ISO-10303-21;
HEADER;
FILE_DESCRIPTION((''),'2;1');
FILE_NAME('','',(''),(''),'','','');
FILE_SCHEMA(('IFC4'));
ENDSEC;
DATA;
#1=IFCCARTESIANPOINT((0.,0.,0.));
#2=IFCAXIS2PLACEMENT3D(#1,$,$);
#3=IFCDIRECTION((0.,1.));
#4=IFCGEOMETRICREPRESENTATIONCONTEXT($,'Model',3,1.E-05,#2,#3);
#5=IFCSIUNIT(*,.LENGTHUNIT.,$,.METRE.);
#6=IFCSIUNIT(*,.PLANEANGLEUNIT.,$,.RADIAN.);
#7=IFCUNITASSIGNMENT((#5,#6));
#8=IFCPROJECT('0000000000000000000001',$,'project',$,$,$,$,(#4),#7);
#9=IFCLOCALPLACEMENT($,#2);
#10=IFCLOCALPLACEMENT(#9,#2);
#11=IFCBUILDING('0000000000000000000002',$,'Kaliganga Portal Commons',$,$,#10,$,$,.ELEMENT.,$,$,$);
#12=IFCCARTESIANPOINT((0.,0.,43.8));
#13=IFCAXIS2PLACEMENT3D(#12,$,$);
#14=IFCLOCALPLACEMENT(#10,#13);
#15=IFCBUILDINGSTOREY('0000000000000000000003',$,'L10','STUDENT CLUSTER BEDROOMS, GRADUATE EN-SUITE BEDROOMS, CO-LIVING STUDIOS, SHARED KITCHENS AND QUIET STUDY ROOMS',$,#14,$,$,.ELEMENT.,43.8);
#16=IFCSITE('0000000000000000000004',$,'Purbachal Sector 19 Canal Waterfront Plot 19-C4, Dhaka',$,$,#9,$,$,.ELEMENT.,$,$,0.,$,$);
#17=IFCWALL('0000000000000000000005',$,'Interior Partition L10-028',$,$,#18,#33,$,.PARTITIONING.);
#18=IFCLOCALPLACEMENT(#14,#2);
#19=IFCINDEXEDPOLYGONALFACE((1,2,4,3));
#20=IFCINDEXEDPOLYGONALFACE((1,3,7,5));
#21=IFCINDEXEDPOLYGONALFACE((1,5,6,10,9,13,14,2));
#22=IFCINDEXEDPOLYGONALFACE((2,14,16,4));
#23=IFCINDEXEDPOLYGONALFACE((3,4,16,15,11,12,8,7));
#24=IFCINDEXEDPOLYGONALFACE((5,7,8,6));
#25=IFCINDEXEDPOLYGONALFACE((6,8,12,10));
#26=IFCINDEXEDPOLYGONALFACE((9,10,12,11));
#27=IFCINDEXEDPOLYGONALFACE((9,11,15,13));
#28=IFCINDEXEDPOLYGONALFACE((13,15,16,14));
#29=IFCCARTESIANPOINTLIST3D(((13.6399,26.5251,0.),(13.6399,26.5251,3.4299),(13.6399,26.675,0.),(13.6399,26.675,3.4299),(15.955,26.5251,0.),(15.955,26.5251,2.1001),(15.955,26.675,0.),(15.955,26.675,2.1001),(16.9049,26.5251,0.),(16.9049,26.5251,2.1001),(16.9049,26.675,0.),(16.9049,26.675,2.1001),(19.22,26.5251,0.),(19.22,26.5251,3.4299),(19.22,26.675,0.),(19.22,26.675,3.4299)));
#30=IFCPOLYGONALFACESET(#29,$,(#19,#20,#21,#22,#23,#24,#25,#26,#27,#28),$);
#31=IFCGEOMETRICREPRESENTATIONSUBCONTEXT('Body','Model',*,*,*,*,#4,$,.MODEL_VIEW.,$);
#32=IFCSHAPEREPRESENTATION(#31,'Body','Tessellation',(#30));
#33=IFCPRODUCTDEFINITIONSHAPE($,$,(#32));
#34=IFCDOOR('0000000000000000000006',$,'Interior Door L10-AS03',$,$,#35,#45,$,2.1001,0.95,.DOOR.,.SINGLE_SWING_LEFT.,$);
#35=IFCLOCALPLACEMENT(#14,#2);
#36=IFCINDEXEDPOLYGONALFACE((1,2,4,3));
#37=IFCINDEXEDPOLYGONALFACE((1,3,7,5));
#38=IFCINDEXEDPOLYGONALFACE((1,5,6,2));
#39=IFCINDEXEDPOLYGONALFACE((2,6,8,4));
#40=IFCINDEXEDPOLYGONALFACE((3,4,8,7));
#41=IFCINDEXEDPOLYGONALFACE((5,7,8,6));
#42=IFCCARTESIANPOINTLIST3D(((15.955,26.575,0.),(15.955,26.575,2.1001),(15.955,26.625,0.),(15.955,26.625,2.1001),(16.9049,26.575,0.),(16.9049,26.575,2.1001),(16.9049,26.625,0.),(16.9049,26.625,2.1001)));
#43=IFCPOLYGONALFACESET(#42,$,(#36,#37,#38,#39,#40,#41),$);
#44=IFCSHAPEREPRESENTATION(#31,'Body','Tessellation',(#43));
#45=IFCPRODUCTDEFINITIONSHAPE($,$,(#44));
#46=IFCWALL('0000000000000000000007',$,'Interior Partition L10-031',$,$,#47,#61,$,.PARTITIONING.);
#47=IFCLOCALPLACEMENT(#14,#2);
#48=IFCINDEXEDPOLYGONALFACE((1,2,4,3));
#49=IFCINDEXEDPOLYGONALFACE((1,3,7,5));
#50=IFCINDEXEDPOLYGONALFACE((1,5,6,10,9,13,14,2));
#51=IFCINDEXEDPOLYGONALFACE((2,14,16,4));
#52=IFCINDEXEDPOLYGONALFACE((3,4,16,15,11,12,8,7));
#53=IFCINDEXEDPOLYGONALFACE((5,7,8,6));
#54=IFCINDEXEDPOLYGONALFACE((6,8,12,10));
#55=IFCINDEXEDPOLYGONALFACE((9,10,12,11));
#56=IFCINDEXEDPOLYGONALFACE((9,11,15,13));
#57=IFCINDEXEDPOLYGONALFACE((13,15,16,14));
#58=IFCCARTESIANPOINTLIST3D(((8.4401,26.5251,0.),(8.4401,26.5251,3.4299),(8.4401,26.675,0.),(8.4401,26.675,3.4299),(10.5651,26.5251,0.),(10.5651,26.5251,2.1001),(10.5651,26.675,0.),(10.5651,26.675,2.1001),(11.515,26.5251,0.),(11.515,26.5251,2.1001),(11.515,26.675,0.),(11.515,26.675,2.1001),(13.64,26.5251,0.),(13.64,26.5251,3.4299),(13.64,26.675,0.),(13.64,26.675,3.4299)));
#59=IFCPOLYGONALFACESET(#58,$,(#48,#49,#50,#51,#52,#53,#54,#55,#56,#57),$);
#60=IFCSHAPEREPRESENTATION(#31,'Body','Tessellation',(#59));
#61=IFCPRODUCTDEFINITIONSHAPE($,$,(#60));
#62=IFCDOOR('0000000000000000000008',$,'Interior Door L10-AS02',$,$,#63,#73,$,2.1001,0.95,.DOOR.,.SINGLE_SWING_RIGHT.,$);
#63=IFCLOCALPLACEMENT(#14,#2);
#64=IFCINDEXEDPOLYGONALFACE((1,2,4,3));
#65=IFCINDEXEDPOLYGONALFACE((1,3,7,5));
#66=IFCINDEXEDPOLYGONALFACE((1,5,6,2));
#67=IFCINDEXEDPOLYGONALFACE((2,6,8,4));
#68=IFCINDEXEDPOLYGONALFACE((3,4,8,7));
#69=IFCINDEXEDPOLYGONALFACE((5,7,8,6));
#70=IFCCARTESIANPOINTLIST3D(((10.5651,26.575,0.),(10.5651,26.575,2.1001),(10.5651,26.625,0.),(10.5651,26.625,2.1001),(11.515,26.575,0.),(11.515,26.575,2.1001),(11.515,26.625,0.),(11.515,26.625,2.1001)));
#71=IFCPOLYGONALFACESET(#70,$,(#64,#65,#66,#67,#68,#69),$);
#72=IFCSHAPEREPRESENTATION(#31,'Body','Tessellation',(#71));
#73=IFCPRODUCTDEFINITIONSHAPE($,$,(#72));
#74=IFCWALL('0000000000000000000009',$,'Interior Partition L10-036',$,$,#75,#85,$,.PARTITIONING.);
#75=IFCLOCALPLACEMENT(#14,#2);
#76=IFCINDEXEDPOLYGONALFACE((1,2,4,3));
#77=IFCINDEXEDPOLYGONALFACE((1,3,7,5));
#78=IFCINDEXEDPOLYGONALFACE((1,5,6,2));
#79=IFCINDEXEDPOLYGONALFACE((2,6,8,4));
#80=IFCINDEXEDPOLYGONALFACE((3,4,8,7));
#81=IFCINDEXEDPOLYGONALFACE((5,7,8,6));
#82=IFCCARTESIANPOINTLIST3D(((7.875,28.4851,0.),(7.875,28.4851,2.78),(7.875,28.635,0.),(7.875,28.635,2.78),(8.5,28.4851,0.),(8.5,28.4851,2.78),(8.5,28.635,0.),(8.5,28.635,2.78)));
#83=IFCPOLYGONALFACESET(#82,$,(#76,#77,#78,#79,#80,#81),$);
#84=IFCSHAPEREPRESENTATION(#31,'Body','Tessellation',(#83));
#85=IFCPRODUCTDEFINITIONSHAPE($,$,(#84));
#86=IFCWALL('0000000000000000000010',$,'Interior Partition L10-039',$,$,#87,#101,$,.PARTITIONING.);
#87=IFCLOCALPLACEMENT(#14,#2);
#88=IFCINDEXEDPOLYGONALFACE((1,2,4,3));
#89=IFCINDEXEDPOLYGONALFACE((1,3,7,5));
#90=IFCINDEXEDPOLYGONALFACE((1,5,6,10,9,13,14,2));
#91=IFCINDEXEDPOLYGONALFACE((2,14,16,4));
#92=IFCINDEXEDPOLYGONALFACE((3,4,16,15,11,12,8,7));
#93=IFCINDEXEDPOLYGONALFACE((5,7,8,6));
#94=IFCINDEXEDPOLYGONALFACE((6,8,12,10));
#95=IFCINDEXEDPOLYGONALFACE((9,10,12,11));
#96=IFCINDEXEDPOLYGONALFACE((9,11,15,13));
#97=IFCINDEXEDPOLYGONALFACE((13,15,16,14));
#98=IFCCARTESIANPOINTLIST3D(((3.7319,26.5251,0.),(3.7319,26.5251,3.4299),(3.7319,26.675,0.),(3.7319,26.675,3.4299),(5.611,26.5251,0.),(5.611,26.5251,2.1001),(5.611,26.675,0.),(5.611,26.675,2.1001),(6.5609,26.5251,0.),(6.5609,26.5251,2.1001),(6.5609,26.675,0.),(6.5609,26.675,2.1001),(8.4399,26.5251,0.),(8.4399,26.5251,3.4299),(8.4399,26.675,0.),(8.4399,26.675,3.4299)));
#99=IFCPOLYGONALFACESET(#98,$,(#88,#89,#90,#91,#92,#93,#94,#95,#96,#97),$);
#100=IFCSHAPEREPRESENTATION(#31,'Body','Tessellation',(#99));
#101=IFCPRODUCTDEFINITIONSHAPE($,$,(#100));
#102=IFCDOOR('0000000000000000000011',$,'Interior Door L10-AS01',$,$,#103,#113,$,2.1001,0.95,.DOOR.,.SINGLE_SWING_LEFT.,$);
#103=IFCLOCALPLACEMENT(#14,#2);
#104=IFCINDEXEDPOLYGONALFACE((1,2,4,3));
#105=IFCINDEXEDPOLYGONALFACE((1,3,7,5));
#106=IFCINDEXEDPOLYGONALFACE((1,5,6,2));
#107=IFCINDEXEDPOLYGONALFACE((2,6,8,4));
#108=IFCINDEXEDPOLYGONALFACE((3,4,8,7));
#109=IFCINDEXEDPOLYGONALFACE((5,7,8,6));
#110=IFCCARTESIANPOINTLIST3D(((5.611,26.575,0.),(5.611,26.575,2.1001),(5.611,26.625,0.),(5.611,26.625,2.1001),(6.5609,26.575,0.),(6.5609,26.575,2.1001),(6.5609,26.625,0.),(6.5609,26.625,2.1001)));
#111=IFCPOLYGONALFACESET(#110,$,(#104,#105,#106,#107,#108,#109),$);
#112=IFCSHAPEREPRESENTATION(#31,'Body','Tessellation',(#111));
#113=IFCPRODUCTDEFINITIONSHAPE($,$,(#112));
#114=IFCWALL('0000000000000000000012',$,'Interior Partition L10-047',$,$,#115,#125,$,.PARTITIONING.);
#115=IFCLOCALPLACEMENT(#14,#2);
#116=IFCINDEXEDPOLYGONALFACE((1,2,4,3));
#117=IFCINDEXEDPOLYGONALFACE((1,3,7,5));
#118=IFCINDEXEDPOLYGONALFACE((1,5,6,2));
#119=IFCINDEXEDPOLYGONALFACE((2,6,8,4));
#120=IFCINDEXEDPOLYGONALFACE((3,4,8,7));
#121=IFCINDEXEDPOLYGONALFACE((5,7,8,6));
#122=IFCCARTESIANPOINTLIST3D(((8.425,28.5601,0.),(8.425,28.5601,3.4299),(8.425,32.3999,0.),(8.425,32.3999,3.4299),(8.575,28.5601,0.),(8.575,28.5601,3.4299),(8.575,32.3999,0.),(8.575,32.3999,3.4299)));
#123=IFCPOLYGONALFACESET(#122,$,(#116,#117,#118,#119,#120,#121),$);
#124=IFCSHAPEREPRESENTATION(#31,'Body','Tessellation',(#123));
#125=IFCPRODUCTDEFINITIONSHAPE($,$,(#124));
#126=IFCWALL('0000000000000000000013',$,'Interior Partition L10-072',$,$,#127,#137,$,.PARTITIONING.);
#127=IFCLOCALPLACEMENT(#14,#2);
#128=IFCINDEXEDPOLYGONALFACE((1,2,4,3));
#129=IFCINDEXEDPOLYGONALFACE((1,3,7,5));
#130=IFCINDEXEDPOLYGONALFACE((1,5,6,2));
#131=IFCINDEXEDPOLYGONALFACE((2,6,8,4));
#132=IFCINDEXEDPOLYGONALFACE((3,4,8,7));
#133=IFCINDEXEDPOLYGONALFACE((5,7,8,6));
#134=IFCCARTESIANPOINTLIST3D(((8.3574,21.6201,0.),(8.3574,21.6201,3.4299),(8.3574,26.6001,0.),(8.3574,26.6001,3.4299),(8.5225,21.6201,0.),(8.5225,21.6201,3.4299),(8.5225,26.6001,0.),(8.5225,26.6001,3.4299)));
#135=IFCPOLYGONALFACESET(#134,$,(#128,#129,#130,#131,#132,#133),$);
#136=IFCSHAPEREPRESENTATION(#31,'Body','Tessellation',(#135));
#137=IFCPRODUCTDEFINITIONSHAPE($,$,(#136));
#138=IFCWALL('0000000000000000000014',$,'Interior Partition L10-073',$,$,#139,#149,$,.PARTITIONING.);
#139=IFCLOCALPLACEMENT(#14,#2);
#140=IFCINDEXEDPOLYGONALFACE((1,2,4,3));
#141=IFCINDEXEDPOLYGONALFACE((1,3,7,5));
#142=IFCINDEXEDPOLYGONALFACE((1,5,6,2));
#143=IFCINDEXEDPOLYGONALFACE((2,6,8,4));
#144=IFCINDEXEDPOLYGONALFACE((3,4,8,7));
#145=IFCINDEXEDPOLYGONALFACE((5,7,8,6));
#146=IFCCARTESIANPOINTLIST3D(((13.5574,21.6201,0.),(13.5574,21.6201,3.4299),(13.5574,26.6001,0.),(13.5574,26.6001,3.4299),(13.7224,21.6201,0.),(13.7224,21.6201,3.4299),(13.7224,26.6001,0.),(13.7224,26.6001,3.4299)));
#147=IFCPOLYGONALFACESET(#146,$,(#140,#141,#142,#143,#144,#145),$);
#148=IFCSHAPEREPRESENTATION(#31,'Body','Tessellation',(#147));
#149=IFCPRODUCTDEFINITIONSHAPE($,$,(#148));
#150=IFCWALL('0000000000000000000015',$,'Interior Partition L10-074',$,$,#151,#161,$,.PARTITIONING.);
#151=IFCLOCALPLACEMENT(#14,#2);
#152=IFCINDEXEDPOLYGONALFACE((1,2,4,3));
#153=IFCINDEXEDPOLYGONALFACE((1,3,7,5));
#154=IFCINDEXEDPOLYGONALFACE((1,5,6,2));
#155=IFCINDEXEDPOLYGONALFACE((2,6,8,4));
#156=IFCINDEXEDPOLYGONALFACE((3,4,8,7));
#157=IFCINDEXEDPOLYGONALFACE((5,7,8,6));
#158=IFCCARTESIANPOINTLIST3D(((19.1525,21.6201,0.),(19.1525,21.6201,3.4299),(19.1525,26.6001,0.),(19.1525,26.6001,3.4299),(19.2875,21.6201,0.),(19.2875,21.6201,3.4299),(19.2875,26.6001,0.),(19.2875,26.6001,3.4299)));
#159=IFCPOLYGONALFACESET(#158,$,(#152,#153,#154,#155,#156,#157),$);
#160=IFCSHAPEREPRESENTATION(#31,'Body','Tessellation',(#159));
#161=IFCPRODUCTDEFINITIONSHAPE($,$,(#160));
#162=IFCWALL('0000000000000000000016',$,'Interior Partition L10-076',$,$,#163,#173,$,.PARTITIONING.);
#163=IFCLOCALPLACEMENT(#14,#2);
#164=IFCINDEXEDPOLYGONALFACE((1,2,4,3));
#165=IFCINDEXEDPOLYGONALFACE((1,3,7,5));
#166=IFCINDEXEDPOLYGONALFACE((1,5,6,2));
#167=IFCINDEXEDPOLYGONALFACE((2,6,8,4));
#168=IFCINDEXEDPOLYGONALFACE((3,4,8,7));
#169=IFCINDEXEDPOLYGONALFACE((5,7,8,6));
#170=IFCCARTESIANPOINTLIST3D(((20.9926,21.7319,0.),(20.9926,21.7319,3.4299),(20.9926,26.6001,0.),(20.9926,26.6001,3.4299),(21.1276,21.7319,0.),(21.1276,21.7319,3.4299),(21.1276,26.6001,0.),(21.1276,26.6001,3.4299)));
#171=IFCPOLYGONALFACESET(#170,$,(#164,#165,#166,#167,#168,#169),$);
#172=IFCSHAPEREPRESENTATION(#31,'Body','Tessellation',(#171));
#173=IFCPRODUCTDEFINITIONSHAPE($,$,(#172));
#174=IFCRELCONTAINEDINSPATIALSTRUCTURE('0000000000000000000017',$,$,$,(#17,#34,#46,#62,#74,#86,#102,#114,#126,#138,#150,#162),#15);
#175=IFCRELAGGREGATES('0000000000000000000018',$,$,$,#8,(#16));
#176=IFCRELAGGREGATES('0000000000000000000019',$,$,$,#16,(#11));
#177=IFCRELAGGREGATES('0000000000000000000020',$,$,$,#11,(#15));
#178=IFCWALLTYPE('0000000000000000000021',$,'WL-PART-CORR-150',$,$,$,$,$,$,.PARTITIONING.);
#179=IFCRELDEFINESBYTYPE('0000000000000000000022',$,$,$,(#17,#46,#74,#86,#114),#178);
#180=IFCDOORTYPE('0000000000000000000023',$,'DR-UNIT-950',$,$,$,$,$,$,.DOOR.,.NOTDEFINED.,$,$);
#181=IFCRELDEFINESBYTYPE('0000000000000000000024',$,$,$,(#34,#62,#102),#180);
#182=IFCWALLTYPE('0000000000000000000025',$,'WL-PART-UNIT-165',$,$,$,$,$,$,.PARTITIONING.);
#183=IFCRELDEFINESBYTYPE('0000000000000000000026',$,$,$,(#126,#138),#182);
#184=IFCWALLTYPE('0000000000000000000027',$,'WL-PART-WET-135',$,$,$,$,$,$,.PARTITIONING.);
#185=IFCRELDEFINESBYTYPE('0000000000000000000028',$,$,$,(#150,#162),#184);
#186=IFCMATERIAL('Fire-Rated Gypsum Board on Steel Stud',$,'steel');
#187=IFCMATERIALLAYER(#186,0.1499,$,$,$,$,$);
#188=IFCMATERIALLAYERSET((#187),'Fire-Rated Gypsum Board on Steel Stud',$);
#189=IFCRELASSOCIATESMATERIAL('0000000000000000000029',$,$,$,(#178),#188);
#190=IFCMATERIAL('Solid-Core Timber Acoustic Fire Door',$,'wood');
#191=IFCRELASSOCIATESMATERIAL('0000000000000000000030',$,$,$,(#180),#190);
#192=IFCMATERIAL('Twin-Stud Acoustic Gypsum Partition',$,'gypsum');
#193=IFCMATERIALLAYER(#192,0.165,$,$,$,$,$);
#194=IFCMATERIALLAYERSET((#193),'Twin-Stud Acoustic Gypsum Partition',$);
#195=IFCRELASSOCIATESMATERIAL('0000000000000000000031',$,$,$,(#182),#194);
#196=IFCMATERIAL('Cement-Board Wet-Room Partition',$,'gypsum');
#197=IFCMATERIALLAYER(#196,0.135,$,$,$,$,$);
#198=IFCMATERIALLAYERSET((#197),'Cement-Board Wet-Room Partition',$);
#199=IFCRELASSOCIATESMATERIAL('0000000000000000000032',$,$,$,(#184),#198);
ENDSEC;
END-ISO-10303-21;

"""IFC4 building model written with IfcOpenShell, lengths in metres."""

from ifc_helpers import new_model, si_unit, direction, frame, frame_2d, origin, place, context, subcontext, project, spatial, rectangle, extrude, material, layer, layer_set, type_object, element, fill, save


model = new_model("IFC4")

# Units and contexts
model_context = context("Model", 3, precision=1e-05, world=origin(), true_north=direction((0.0, 1.0)))
body_context = subcontext(model_context, "Body", "Model", "MODEL_VIEW")
ifc_project = project(units=[si_unit("LENGTHUNIT", "METRE"), si_unit("PLANEANGLEUNIT", "RADIAN")], contexts=[model_context])

# Site, building, storey
site_placement = place(None, origin())
site = spatial("IfcSite", under=ifc_project, at=site_placement, Name="Purbachal Sector 19 Canal Waterfront Plot 19-C4, Dhaka", CompositionType="ELEMENT", RefElevation=0.0)
building_placement = place(site_placement, origin())
building = spatial("IfcBuilding", under=site, at=building_placement, Name="Kaliganga Portal Commons", CompositionType="ELEMENT")
storey_placement = place(building_placement, frame((0.0, 0.0, 43.8)))
storey = spatial("IfcBuildingStorey", under=building, at=storey_placement, Name="L10", Description="STUDENT CLUSTER BEDROOMS, GRADUATE EN-SUITE BEDROOMS, CO-LIVING STUDIOS, SHARED KITCHENS AND QUIET STUDY ROOMS", CompositionType="ELEMENT", Elevation=43.8)

# Walls, openings, doors
ifc_material_1 = material(Name="Fire-Rated Gypsum Board on Steel Stud", Category="steel")
ifc_layer_1 = layer(ifc_material_1, 0.1499)
ifc_layer_set_1 = layer_set([ifc_layer_1], Name="Fire-Rated Gypsum Board on Steel Stud")
wall_type_1 = type_object("IfcWallType", Name="WL-PART-CORR-150", PredefinedType="PARTITIONING", material=ifc_layer_set_1)
wall_1_placement = place(storey_placement, frame((13.6399, 26.6001, 0.0), z_axis=(0.0, 0.0, 1.0), x_axis=(1.0, 0.0, 0.0)))
wall_1 = element("IfcWall", 1, at=wall_1_placement, inside=storey, type_object=wall_type_1, Name="Interior Partition L10-028", PredefinedType="PARTITIONING", context=body_context, shape_type="SweptSolid", body=[
    extrude(rectangle(XDim=5.5801, YDim=0.1499, at=frame_2d((2.79, 0.0))), origin(), (0.0, 0.0, 1.0), 3.4299),
])
opening_1_placement = place(wall_1_placement, frame((2.3149, 0.0, 0.0)))
opening_1 = element("IfcOpeningElement", 2, at=opening_1_placement, cuts=wall_1, PredefinedType="OPENING", context=body_context, shape_type="SweptSolid", body=[
    extrude(rectangle(XDim=0.95, YDim=2.1001, at=frame_2d((0.4751, 1.05))), frame((0.0, 0.085, 0.0), z_axis=(0.0, -1.0, 0.0), x_axis=(1.0, 0.0, 0.0)), (0.0, 0.0, 1.0), 0.1699),
])
ifc_material_2 = material(Name="Solid-Core Timber Acoustic Fire Door", Category="wood")
door_type_1 = type_object("IfcDoorType", Name="DR-UNIT-950", OperationType="NOTDEFINED", PredefinedType="DOOR", material=ifc_material_2)
door_1_placement = place(opening_1_placement, origin())
door_1 = element("IfcDoor", 3, at=door_1_placement, inside=storey, type_object=door_type_1, Name="Interior Door L10-AS03", OperationType="SINGLE_SWING_LEFT", OverallHeight=2.1001, OverallWidth=0.95, PredefinedType="DOOR", context=body_context, shape_type="SweptSolid", body=[
    extrude(rectangle(XDim=0.95, YDim=2.1001, at=frame_2d((0.4751, 1.05))), frame((0.0, 0.0249, 0.0), z_axis=(0.0, -1.0, 0.0), x_axis=(1.0, 0.0, 0.0)), (0.0, 0.0, 1.0), 0.05),
])
fill(opening_1, door_1)
wall_2_placement = place(storey_placement, frame((8.4399, 26.6001, 0.0), z_axis=(0.0, 0.0, 1.0), x_axis=(1.0, 0.0, 0.0)))
wall_2 = element("IfcWall", 4, at=wall_2_placement, inside=storey, type_object=wall_type_1, Name="Interior Partition L10-031", PredefinedType="PARTITIONING", context=body_context, shape_type="SweptSolid", body=[
    extrude(rectangle(XDim=5.2, YDim=0.1499, at=frame_2d((2.6001, 0.0))), origin(), (0.0, 0.0, 1.0), 3.4299),
])
opening_2_placement = place(wall_2_placement, frame((2.125, 0.0, 0.0)))
opening_2 = element("IfcOpeningElement", 5, at=opening_2_placement, cuts=wall_2, PredefinedType="OPENING", context=body_context, shape_type="SweptSolid", body=[
    extrude(rectangle(XDim=0.95, YDim=2.1001, at=frame_2d((0.4751, 1.05))), frame((0.0, 0.085, 0.0), z_axis=(0.0, -1.0, 0.0), x_axis=(1.0, 0.0, 0.0)), (0.0, 0.0, 1.0), 0.1699),
])
door_2_placement = place(opening_2_placement, origin())
door_2 = element("IfcDoor", 6, at=door_2_placement, inside=storey, type_object=door_type_1, Name="Interior Door L10-AS02", OperationType="SINGLE_SWING_RIGHT", OverallHeight=2.1001, OverallWidth=0.95, PredefinedType="DOOR", context=body_context, shape_type="SweptSolid", body=[
    extrude(rectangle(XDim=0.95, YDim=2.1001, at=frame_2d((0.4751, 1.05))), frame((0.0, 0.0249, 0.0), z_axis=(0.0, -1.0, 0.0), x_axis=(1.0, 0.0, 0.0)), (0.0, 0.0, 1.0), 0.05),
])
fill(opening_2, door_2)

# Wall
wall_3_placement = place(storey_placement, frame((7.875, 28.5601, 0.0), z_axis=(0.0, 0.0, 1.0), x_axis=(1.0, 0.0, 0.0)))
element("IfcWall", 7, at=wall_3_placement, inside=storey, type_object=wall_type_1, Name="Interior Partition L10-036", PredefinedType="PARTITIONING", context=body_context, shape_type="SweptSolid", body=[
    extrude(rectangle(XDim=0.625, YDim=0.1499, at=frame_2d((0.3125, 0.0))), origin(), (0.0, 0.0, 1.0), 2.78),
])

# Wall, opening, door
wall_4_placement = place(storey_placement, frame((3.7319, 26.6001, 0.0), z_axis=(0.0, 0.0, 1.0), x_axis=(1.0, 0.0, 0.0)))
wall_4 = element("IfcWall", 8, at=wall_4_placement, inside=storey, type_object=wall_type_1, Name="Interior Partition L10-039", PredefinedType="PARTITIONING", context=body_context, shape_type="SweptSolid", body=[
    extrude(rectangle(XDim=4.708, YDim=0.1499, at=frame_2d((2.354, 0.0))), origin(), (0.0, 0.0, 1.0), 3.4299),
])
opening_3_placement = place(wall_4_placement, frame((1.8789, 0.0, 0.0)))
opening_3 = element("IfcOpeningElement", 9, at=opening_3_placement, cuts=wall_4, PredefinedType="OPENING", context=body_context, shape_type="SweptSolid", body=[
    extrude(rectangle(XDim=0.95, YDim=2.1001, at=frame_2d((0.4751, 1.05))), frame((0.0, 0.085, 0.0), z_axis=(0.0, -1.0, 0.0), x_axis=(1.0, 0.0, 0.0)), (0.0, 0.0, 1.0), 0.1699),
])
door_3_placement = place(opening_3_placement, origin())
door_3 = element("IfcDoor", 10, at=door_3_placement, inside=storey, type_object=door_type_1, Name="Interior Door L10-AS01", OperationType="SINGLE_SWING_LEFT", OverallHeight=2.1001, OverallWidth=0.95, PredefinedType="DOOR", context=body_context, shape_type="SweptSolid", body=[
    extrude(rectangle(XDim=0.95, YDim=2.1001, at=frame_2d((0.4751, 1.05))), frame((0.0, 0.0249, 0.0), z_axis=(0.0, -1.0, 0.0), x_axis=(1.0, 0.0, 0.0)), (0.0, 0.0, 1.0), 0.05),
])
fill(opening_3, door_3)

# Wall
wall_5_placement = place(storey_placement, frame((8.5, 28.5601, 0.0), z_axis=(0.0, 0.0, 1.0), x_axis=(0.0, 1.0, 0.0)))
element("IfcWall", 11, at=wall_5_placement, inside=storey, type_object=wall_type_1, Name="Interior Partition L10-047", PredefinedType="PARTITIONING", context=body_context, shape_type="SweptSolid", body=[
    extrude(rectangle(XDim=3.8398, YDim=0.1499, at=frame_2d((1.9199, 0.0))), origin(), (0.0, 0.0, 1.0), 3.4299),
])

# Walls
ifc_material_3 = material(Name="Twin-Stud Acoustic Gypsum Partition", Category="gypsum")
ifc_layer_2 = layer(ifc_material_3, 0.165)
ifc_layer_set_2 = layer_set([ifc_layer_2], Name="Twin-Stud Acoustic Gypsum Partition")
wall_type_2 = type_object("IfcWallType", Name="WL-PART-UNIT-165", PredefinedType="PARTITIONING", material=ifc_layer_set_2)
for number, where, z_axis, x_axis, name in (
    (12, (8.4399, 21.6201, 0.0), (0.0, 0.0, 1.0), (0.0, 1.0, 0.0), "Interior Partition L10-072"),
    (13, (13.6399, 21.6201, 0.0), (0.0, 0.0, 1.0), (0.0, 1.0, 0.0), "Interior Partition L10-073"),
):
    element("IfcWall", number, at=place(storey_placement, frame(where, z_axis=z_axis, x_axis=x_axis)), inside=storey, type_object=wall_type_2, Name=name, PredefinedType="PARTITIONING", context=body_context, shape_type="SweptSolid", body=[
        extrude(rectangle(XDim=4.98, YDim=0.165, at=frame_2d((2.49, 0.0))), origin(), (0.0, 0.0, 1.0), 3.4299),
    ])
ifc_material_4 = material(Name="Cement-Board Wet-Room Partition", Category="gypsum")
ifc_layer_3 = layer(ifc_material_4, 0.135)
ifc_layer_set_3 = layer_set([ifc_layer_3], Name="Cement-Board Wet-Room Partition")
wall_type_3 = type_object("IfcWallType", Name="WL-PART-WET-135", PredefinedType="PARTITIONING", material=ifc_layer_set_3)
wall_6_placement = place(storey_placement, frame((19.22, 21.6201, 0.0), z_axis=(0.0, 0.0, 1.0), x_axis=(0.0, 1.0, 0.0)))
element("IfcWall", 14, at=wall_6_placement, inside=storey, type_object=wall_type_3, Name="Interior Partition L10-074", PredefinedType="PARTITIONING", context=body_context, shape_type="SweptSolid", body=[
    extrude(rectangle(XDim=4.98, YDim=0.135, at=frame_2d((2.49, 0.0))), origin(), (0.0, 0.0, 1.0), 3.4299),
])
wall_7_placement = place(storey_placement, frame((21.0601, 21.7319, 0.0), z_axis=(0.0, 0.0, 1.0), x_axis=(0.0, 1.0, 0.0)))
element("IfcWall", 15, at=wall_7_placement, inside=storey, type_object=wall_type_3, Name="Interior Partition L10-076", PredefinedType="PARTITIONING", context=body_context, shape_type="SweptSolid", body=[
    extrude(rectangle(XDim=4.8682, YDim=0.135, at=frame_2d((2.4341, 0.0))), origin(), (0.0, 0.0, 1.0), 3.4299),
])

save(model, "model.ifc")
